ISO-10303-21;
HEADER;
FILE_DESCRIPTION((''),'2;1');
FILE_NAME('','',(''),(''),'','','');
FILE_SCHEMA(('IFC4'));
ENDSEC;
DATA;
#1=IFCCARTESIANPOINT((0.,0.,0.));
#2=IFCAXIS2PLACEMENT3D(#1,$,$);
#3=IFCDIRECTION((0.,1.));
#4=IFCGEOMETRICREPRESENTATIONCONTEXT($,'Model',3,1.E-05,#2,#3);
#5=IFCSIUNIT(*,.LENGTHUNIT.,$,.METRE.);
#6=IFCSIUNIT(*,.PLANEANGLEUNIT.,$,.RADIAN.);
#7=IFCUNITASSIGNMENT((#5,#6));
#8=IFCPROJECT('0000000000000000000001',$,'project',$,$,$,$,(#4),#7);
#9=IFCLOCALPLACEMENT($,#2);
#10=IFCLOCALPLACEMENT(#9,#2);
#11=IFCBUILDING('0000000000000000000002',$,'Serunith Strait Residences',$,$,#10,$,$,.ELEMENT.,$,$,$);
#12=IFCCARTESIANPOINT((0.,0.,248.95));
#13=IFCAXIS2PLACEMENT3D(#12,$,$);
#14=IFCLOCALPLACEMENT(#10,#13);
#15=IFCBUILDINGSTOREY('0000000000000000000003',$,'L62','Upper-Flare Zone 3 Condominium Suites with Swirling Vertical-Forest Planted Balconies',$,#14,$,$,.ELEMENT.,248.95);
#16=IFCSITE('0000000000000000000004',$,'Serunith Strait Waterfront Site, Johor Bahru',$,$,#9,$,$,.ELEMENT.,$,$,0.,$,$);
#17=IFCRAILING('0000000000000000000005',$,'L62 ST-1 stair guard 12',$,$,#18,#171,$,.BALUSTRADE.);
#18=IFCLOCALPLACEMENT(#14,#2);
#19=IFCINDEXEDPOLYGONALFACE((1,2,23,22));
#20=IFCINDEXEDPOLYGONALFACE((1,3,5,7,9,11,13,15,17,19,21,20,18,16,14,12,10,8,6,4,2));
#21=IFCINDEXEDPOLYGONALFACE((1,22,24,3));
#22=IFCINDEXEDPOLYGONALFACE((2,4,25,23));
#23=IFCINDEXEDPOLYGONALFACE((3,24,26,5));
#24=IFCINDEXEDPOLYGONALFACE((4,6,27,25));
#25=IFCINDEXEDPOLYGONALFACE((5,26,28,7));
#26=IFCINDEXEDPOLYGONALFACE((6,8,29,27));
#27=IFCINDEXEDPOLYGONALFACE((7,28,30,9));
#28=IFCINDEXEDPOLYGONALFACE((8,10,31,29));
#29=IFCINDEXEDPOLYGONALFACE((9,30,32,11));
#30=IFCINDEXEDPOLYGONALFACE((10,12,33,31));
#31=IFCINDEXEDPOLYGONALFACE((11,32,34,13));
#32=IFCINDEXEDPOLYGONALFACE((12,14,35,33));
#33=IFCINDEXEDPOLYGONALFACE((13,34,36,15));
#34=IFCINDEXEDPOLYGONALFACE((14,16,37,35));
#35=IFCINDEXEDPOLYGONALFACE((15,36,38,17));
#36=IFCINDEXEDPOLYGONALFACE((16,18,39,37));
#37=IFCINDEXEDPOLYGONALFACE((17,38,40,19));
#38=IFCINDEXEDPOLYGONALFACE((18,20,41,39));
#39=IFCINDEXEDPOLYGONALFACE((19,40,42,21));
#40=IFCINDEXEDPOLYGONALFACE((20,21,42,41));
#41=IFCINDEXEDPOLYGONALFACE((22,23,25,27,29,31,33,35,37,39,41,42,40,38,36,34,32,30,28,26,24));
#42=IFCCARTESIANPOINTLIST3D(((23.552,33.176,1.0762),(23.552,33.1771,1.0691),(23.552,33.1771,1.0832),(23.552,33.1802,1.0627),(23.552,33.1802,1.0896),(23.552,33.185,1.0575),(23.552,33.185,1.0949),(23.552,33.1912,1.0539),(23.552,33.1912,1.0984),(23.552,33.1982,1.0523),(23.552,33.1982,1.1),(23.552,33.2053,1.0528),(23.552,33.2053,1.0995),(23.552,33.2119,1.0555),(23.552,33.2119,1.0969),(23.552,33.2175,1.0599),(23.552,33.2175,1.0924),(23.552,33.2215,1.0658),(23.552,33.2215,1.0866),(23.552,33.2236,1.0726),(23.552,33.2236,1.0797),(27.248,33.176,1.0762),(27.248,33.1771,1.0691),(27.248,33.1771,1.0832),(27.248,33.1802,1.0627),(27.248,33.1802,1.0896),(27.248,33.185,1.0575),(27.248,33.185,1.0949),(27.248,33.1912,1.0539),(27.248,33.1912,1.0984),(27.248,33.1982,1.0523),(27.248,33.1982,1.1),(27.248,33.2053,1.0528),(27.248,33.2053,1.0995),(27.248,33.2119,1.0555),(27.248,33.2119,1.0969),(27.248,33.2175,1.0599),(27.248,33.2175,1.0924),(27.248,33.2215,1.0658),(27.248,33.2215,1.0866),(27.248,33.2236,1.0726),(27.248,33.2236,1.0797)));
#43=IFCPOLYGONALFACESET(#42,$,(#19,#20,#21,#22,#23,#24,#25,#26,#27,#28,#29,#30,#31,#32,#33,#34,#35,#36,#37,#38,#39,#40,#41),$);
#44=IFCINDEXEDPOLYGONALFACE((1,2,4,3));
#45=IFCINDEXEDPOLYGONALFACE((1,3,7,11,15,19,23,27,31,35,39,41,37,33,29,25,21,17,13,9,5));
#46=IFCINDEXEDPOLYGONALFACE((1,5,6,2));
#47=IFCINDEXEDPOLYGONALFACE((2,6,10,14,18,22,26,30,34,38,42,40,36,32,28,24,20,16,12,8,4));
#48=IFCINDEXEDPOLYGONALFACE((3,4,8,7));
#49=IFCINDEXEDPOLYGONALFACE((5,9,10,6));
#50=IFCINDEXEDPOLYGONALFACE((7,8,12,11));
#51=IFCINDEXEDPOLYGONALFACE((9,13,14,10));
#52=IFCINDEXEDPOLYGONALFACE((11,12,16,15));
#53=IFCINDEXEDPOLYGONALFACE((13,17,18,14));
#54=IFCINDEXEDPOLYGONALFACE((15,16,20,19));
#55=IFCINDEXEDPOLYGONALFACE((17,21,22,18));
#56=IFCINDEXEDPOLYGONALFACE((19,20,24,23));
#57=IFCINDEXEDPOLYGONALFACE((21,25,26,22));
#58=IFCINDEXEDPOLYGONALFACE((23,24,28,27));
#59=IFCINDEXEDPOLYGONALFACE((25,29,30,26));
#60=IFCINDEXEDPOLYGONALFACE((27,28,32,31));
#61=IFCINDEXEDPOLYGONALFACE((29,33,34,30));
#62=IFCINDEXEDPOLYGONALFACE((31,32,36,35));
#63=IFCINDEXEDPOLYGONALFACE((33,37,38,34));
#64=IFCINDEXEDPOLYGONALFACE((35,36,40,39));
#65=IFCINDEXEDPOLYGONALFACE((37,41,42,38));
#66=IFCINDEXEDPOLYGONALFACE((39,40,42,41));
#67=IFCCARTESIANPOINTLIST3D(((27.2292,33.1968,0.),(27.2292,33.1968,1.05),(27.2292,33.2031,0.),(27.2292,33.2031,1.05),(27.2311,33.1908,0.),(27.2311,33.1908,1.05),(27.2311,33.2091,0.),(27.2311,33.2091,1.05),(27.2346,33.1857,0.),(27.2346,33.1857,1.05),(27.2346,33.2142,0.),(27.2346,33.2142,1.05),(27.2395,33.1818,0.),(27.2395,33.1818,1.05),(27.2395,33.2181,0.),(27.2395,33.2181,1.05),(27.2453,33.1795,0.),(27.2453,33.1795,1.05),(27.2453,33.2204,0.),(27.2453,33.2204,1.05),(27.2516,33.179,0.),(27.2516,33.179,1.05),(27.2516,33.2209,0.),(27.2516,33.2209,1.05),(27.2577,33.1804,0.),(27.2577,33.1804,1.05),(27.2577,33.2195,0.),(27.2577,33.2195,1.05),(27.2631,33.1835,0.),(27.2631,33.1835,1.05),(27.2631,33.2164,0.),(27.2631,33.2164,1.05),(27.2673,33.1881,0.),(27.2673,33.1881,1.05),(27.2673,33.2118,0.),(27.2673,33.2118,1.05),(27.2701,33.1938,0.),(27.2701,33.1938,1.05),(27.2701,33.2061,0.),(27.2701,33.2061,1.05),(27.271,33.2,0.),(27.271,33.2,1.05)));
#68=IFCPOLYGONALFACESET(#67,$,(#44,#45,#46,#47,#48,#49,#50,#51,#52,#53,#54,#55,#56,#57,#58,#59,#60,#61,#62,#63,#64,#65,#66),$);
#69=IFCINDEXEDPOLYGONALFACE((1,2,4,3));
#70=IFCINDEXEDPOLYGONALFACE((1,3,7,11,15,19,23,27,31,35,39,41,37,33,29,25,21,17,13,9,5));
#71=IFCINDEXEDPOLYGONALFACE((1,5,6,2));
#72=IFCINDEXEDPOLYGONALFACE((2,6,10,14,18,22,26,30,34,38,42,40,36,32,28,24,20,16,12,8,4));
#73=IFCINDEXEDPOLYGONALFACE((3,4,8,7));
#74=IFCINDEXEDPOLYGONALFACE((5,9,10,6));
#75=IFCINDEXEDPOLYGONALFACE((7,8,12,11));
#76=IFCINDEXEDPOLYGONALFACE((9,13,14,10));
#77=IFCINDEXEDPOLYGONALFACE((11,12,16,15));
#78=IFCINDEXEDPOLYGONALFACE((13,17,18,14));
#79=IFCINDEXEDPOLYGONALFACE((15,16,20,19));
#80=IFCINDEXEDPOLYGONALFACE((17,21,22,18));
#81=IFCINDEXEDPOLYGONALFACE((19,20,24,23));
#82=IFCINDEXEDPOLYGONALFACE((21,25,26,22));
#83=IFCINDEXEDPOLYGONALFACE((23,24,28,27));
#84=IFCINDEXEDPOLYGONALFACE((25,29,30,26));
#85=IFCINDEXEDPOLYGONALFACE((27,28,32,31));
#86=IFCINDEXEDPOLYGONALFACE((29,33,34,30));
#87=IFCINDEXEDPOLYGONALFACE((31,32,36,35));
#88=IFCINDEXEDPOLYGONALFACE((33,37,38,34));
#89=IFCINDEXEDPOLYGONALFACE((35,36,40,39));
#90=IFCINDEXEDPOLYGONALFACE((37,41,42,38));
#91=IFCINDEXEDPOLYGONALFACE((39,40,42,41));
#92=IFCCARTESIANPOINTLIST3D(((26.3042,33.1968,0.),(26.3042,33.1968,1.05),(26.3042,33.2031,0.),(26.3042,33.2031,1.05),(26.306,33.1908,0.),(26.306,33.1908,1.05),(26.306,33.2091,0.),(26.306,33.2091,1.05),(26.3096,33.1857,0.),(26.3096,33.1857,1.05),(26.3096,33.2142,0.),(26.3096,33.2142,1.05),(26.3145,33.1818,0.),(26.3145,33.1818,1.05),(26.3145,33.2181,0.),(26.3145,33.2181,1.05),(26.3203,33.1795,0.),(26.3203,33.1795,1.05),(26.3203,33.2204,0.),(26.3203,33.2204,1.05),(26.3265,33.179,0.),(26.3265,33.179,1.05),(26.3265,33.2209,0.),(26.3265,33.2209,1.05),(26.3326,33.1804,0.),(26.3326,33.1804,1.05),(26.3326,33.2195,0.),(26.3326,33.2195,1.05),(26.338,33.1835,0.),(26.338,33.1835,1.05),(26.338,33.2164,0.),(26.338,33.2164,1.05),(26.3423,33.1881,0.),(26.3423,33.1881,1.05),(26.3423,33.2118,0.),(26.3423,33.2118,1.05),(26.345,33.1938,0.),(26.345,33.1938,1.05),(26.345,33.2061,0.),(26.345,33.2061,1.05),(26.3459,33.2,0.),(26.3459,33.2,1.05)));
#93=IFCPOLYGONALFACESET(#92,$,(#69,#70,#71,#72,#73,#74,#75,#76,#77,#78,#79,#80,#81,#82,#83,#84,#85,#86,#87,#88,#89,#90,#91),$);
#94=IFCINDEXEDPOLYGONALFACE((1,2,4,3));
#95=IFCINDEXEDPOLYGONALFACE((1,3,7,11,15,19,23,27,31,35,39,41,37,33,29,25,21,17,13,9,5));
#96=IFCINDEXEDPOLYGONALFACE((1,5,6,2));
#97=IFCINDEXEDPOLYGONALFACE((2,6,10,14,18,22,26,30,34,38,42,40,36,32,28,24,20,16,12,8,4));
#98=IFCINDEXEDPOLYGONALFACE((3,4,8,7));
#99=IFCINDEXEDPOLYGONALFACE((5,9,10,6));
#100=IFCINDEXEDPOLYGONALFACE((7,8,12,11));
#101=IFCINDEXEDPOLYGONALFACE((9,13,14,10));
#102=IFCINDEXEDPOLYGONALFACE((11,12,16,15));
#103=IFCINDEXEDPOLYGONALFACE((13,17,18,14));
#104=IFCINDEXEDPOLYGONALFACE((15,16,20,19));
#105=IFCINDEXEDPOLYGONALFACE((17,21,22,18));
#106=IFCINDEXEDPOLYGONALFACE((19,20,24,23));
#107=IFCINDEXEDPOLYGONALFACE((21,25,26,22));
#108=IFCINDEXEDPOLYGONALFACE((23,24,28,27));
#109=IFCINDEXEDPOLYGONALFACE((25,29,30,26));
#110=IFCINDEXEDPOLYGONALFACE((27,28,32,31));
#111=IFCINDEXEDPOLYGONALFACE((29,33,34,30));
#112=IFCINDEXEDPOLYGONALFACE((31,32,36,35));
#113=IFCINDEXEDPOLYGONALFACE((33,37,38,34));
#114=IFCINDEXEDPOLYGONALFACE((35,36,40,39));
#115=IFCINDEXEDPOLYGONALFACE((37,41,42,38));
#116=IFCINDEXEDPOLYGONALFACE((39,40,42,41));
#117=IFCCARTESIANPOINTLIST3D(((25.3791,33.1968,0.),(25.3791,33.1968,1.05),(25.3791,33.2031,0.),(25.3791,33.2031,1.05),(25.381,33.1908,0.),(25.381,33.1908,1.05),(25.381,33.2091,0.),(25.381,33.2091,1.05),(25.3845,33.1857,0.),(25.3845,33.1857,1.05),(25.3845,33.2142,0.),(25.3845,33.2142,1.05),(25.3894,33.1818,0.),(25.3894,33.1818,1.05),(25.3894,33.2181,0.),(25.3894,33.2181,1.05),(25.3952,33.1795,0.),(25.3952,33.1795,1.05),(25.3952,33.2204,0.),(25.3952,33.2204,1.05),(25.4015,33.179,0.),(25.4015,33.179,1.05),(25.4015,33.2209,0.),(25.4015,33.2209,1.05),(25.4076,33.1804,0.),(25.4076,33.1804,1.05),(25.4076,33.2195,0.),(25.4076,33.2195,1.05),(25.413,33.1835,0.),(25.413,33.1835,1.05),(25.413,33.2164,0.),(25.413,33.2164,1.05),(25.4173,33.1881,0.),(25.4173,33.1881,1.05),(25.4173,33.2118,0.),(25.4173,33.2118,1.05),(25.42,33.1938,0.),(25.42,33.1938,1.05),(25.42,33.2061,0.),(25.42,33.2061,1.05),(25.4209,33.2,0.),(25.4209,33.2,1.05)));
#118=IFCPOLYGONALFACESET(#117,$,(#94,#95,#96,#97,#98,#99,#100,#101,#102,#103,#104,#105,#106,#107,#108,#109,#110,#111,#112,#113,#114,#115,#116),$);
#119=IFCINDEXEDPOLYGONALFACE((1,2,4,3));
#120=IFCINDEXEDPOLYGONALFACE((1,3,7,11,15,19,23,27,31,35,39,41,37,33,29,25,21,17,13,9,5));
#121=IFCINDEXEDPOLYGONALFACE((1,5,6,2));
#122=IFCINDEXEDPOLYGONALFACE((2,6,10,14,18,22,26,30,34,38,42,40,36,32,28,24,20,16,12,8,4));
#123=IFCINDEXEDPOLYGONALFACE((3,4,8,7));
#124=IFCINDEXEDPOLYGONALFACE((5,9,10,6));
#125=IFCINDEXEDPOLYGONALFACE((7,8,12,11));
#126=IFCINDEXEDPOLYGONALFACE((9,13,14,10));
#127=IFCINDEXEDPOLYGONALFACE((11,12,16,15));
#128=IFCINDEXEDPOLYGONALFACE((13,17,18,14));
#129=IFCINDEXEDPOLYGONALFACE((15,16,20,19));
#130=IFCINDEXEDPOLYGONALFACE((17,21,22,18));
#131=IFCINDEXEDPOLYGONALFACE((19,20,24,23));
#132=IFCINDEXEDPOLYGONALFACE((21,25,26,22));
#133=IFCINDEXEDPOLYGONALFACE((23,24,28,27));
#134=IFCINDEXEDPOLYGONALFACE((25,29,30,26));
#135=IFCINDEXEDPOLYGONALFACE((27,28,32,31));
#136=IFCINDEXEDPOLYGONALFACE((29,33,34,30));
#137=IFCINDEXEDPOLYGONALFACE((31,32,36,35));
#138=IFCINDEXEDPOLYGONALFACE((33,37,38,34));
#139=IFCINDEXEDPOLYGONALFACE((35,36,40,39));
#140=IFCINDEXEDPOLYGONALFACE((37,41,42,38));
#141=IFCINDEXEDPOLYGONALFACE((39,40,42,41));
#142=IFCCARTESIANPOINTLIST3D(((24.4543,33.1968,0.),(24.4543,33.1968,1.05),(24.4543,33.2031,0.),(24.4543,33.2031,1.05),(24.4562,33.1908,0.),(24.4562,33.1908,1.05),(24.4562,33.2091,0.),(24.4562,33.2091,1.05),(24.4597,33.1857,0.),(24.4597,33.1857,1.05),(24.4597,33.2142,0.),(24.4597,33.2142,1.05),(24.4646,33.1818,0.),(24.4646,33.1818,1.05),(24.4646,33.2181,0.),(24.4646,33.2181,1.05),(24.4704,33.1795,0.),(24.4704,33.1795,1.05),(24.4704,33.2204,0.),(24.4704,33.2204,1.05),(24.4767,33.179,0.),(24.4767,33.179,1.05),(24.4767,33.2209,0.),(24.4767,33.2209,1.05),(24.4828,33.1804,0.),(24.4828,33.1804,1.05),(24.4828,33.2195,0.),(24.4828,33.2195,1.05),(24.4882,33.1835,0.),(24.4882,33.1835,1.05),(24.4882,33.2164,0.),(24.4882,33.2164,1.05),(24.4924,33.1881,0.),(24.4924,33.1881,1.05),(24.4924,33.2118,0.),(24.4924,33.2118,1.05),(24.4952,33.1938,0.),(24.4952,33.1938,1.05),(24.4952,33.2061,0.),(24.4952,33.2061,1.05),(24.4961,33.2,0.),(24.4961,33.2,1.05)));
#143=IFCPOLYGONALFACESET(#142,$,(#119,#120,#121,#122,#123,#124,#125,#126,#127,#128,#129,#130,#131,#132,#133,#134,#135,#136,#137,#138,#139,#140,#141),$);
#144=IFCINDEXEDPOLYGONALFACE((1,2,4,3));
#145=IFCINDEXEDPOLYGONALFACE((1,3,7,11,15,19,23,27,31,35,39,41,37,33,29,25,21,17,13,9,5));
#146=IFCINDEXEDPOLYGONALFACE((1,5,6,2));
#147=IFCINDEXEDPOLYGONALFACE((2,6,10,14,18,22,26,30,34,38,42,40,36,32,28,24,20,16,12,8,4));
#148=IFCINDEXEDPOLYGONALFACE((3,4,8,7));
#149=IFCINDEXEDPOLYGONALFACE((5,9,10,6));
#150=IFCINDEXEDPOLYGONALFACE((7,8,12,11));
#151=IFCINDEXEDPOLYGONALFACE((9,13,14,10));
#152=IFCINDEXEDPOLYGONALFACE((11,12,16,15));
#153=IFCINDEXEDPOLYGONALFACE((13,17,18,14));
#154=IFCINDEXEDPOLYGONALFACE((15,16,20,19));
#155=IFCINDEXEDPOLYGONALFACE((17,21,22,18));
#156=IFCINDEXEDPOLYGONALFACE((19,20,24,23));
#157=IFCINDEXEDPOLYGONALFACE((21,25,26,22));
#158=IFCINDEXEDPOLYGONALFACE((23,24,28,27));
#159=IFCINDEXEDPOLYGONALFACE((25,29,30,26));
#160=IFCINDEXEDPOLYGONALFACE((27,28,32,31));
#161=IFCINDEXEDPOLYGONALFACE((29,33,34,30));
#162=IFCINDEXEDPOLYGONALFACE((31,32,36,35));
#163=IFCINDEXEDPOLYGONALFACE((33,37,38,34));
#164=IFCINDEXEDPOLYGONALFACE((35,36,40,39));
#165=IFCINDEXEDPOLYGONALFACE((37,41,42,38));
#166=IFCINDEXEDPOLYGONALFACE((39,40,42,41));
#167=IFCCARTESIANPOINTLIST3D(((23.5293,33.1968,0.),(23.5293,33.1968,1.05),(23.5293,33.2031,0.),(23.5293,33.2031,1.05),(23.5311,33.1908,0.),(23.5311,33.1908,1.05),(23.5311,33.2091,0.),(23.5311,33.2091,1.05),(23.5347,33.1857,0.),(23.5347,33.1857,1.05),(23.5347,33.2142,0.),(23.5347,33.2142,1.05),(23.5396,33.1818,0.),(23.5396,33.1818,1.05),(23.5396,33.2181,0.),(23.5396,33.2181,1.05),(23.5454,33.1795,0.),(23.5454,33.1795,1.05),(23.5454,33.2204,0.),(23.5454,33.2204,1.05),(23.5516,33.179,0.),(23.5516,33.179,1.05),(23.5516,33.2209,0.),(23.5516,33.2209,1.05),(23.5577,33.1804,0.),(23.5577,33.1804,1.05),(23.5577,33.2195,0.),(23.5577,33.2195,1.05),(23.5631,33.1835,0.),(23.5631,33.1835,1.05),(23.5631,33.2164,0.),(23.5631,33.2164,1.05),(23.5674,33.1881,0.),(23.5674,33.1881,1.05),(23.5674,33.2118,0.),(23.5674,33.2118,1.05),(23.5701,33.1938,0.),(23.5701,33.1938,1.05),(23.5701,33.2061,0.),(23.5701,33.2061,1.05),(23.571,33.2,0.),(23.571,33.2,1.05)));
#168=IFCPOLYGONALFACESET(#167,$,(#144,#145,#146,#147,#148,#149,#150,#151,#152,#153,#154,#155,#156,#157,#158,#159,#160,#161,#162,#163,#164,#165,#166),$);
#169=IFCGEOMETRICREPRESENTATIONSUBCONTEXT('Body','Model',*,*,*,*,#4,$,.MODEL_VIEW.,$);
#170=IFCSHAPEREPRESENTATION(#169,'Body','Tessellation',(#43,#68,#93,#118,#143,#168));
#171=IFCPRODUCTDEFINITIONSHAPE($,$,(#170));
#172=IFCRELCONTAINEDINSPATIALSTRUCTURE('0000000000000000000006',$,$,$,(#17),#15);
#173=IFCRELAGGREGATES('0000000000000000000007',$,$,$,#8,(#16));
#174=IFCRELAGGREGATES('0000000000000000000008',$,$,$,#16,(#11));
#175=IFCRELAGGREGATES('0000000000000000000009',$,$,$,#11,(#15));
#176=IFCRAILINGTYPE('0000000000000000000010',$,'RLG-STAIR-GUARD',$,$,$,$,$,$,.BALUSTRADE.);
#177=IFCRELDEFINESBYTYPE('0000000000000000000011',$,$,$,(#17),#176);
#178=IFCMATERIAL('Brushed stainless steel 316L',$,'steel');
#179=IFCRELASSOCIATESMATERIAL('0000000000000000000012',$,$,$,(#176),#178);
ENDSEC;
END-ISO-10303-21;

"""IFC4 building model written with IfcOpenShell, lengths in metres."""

from ifc_helpers import new_model, si_unit, direction, frame, origin, origin_2d, place, context, subcontext, project, spatial, circle, extrude, material, type_object, element, save


model = new_model("IFC4")

# Units and contexts
model_context = context("Model", 3, precision=1e-05, world=origin(), true_north=direction((0.0, 1.0)))
body_context = subcontext(model_context, "Body", "Model", "MODEL_VIEW")
ifc_project = project(units=[si_unit("LENGTHUNIT", "METRE"), si_unit("PLANEANGLEUNIT", "RADIAN")], contexts=[model_context])

# Site, building, storey
site_placement = place(None, origin())
site = spatial("IfcSite", under=ifc_project, at=site_placement, Name="Serunith Strait Waterfront Site, Johor Bahru", CompositionType="ELEMENT", RefElevation=0.0)
building_placement = place(site_placement, origin())
building = spatial("IfcBuilding", under=site, at=building_placement, Name="Serunith Strait Residences", CompositionType="ELEMENT")
storey_placement = place(building_placement, frame((0.0, 0.0, 248.95)))
storey = spatial("IfcBuildingStorey", under=building, at=storey_placement, Name="L62", Description="Upper-Flare Zone 3 Condominium Suites with Swirling Vertical-Forest Planted Balconies", CompositionType="ELEMENT", Elevation=248.95)

# Railing
ifc_material_1 = material(Name="Brushed stainless steel 316L", Category="steel")
railing_type_1 = type_object("IfcRailingType", Name="RLG-STAIR-GUARD", PredefinedType="BALUSTRADE", material=ifc_material_1)
railing_1_placement = place(storey_placement, frame((27.25, 33.2, 0.0)))
element("IfcRailing", 1, at=railing_1_placement, inside=storey, type_object=railing_type_1, Name="L62 ST-1 stair guard 12", PredefinedType="BALUSTRADE", context=body_context, shape_type="SweptSolid", body=[
    extrude(circle(Radius=0.0239, at=origin_2d()), frame((-0.002, 0.0, 1.0762), z_axis=(-1.0, 0.0, 0.0), x_axis=(0.0, -1.0, 0.0)), (0.0, 0.0, 1.0), 3.696),
    extrude(circle(Radius=0.021, at=origin_2d()), origin(), (0.0, 0.0, 1.0), 1.05),
    extrude(circle(Radius=0.021, at=origin_2d()), frame((-0.925, 0.0, 0.0)), (0.0, 0.0, 1.0), 1.05),
    extrude(circle(Radius=0.021, at=origin_2d()), frame((-1.8501, 0.0, 0.0)), (0.0, 0.0, 1.0), 1.05),
    extrude(circle(Radius=0.021, at=origin_2d()), frame((-2.7749, 0.0, 0.0)), (0.0, 0.0, 1.0), 1.05),
    extrude(circle(Radius=0.021, at=origin_2d()), frame((-3.7, 0.0, 0.0)), (0.0, 0.0, 1.0), 1.05),
])

save(model, "model.ifc")
